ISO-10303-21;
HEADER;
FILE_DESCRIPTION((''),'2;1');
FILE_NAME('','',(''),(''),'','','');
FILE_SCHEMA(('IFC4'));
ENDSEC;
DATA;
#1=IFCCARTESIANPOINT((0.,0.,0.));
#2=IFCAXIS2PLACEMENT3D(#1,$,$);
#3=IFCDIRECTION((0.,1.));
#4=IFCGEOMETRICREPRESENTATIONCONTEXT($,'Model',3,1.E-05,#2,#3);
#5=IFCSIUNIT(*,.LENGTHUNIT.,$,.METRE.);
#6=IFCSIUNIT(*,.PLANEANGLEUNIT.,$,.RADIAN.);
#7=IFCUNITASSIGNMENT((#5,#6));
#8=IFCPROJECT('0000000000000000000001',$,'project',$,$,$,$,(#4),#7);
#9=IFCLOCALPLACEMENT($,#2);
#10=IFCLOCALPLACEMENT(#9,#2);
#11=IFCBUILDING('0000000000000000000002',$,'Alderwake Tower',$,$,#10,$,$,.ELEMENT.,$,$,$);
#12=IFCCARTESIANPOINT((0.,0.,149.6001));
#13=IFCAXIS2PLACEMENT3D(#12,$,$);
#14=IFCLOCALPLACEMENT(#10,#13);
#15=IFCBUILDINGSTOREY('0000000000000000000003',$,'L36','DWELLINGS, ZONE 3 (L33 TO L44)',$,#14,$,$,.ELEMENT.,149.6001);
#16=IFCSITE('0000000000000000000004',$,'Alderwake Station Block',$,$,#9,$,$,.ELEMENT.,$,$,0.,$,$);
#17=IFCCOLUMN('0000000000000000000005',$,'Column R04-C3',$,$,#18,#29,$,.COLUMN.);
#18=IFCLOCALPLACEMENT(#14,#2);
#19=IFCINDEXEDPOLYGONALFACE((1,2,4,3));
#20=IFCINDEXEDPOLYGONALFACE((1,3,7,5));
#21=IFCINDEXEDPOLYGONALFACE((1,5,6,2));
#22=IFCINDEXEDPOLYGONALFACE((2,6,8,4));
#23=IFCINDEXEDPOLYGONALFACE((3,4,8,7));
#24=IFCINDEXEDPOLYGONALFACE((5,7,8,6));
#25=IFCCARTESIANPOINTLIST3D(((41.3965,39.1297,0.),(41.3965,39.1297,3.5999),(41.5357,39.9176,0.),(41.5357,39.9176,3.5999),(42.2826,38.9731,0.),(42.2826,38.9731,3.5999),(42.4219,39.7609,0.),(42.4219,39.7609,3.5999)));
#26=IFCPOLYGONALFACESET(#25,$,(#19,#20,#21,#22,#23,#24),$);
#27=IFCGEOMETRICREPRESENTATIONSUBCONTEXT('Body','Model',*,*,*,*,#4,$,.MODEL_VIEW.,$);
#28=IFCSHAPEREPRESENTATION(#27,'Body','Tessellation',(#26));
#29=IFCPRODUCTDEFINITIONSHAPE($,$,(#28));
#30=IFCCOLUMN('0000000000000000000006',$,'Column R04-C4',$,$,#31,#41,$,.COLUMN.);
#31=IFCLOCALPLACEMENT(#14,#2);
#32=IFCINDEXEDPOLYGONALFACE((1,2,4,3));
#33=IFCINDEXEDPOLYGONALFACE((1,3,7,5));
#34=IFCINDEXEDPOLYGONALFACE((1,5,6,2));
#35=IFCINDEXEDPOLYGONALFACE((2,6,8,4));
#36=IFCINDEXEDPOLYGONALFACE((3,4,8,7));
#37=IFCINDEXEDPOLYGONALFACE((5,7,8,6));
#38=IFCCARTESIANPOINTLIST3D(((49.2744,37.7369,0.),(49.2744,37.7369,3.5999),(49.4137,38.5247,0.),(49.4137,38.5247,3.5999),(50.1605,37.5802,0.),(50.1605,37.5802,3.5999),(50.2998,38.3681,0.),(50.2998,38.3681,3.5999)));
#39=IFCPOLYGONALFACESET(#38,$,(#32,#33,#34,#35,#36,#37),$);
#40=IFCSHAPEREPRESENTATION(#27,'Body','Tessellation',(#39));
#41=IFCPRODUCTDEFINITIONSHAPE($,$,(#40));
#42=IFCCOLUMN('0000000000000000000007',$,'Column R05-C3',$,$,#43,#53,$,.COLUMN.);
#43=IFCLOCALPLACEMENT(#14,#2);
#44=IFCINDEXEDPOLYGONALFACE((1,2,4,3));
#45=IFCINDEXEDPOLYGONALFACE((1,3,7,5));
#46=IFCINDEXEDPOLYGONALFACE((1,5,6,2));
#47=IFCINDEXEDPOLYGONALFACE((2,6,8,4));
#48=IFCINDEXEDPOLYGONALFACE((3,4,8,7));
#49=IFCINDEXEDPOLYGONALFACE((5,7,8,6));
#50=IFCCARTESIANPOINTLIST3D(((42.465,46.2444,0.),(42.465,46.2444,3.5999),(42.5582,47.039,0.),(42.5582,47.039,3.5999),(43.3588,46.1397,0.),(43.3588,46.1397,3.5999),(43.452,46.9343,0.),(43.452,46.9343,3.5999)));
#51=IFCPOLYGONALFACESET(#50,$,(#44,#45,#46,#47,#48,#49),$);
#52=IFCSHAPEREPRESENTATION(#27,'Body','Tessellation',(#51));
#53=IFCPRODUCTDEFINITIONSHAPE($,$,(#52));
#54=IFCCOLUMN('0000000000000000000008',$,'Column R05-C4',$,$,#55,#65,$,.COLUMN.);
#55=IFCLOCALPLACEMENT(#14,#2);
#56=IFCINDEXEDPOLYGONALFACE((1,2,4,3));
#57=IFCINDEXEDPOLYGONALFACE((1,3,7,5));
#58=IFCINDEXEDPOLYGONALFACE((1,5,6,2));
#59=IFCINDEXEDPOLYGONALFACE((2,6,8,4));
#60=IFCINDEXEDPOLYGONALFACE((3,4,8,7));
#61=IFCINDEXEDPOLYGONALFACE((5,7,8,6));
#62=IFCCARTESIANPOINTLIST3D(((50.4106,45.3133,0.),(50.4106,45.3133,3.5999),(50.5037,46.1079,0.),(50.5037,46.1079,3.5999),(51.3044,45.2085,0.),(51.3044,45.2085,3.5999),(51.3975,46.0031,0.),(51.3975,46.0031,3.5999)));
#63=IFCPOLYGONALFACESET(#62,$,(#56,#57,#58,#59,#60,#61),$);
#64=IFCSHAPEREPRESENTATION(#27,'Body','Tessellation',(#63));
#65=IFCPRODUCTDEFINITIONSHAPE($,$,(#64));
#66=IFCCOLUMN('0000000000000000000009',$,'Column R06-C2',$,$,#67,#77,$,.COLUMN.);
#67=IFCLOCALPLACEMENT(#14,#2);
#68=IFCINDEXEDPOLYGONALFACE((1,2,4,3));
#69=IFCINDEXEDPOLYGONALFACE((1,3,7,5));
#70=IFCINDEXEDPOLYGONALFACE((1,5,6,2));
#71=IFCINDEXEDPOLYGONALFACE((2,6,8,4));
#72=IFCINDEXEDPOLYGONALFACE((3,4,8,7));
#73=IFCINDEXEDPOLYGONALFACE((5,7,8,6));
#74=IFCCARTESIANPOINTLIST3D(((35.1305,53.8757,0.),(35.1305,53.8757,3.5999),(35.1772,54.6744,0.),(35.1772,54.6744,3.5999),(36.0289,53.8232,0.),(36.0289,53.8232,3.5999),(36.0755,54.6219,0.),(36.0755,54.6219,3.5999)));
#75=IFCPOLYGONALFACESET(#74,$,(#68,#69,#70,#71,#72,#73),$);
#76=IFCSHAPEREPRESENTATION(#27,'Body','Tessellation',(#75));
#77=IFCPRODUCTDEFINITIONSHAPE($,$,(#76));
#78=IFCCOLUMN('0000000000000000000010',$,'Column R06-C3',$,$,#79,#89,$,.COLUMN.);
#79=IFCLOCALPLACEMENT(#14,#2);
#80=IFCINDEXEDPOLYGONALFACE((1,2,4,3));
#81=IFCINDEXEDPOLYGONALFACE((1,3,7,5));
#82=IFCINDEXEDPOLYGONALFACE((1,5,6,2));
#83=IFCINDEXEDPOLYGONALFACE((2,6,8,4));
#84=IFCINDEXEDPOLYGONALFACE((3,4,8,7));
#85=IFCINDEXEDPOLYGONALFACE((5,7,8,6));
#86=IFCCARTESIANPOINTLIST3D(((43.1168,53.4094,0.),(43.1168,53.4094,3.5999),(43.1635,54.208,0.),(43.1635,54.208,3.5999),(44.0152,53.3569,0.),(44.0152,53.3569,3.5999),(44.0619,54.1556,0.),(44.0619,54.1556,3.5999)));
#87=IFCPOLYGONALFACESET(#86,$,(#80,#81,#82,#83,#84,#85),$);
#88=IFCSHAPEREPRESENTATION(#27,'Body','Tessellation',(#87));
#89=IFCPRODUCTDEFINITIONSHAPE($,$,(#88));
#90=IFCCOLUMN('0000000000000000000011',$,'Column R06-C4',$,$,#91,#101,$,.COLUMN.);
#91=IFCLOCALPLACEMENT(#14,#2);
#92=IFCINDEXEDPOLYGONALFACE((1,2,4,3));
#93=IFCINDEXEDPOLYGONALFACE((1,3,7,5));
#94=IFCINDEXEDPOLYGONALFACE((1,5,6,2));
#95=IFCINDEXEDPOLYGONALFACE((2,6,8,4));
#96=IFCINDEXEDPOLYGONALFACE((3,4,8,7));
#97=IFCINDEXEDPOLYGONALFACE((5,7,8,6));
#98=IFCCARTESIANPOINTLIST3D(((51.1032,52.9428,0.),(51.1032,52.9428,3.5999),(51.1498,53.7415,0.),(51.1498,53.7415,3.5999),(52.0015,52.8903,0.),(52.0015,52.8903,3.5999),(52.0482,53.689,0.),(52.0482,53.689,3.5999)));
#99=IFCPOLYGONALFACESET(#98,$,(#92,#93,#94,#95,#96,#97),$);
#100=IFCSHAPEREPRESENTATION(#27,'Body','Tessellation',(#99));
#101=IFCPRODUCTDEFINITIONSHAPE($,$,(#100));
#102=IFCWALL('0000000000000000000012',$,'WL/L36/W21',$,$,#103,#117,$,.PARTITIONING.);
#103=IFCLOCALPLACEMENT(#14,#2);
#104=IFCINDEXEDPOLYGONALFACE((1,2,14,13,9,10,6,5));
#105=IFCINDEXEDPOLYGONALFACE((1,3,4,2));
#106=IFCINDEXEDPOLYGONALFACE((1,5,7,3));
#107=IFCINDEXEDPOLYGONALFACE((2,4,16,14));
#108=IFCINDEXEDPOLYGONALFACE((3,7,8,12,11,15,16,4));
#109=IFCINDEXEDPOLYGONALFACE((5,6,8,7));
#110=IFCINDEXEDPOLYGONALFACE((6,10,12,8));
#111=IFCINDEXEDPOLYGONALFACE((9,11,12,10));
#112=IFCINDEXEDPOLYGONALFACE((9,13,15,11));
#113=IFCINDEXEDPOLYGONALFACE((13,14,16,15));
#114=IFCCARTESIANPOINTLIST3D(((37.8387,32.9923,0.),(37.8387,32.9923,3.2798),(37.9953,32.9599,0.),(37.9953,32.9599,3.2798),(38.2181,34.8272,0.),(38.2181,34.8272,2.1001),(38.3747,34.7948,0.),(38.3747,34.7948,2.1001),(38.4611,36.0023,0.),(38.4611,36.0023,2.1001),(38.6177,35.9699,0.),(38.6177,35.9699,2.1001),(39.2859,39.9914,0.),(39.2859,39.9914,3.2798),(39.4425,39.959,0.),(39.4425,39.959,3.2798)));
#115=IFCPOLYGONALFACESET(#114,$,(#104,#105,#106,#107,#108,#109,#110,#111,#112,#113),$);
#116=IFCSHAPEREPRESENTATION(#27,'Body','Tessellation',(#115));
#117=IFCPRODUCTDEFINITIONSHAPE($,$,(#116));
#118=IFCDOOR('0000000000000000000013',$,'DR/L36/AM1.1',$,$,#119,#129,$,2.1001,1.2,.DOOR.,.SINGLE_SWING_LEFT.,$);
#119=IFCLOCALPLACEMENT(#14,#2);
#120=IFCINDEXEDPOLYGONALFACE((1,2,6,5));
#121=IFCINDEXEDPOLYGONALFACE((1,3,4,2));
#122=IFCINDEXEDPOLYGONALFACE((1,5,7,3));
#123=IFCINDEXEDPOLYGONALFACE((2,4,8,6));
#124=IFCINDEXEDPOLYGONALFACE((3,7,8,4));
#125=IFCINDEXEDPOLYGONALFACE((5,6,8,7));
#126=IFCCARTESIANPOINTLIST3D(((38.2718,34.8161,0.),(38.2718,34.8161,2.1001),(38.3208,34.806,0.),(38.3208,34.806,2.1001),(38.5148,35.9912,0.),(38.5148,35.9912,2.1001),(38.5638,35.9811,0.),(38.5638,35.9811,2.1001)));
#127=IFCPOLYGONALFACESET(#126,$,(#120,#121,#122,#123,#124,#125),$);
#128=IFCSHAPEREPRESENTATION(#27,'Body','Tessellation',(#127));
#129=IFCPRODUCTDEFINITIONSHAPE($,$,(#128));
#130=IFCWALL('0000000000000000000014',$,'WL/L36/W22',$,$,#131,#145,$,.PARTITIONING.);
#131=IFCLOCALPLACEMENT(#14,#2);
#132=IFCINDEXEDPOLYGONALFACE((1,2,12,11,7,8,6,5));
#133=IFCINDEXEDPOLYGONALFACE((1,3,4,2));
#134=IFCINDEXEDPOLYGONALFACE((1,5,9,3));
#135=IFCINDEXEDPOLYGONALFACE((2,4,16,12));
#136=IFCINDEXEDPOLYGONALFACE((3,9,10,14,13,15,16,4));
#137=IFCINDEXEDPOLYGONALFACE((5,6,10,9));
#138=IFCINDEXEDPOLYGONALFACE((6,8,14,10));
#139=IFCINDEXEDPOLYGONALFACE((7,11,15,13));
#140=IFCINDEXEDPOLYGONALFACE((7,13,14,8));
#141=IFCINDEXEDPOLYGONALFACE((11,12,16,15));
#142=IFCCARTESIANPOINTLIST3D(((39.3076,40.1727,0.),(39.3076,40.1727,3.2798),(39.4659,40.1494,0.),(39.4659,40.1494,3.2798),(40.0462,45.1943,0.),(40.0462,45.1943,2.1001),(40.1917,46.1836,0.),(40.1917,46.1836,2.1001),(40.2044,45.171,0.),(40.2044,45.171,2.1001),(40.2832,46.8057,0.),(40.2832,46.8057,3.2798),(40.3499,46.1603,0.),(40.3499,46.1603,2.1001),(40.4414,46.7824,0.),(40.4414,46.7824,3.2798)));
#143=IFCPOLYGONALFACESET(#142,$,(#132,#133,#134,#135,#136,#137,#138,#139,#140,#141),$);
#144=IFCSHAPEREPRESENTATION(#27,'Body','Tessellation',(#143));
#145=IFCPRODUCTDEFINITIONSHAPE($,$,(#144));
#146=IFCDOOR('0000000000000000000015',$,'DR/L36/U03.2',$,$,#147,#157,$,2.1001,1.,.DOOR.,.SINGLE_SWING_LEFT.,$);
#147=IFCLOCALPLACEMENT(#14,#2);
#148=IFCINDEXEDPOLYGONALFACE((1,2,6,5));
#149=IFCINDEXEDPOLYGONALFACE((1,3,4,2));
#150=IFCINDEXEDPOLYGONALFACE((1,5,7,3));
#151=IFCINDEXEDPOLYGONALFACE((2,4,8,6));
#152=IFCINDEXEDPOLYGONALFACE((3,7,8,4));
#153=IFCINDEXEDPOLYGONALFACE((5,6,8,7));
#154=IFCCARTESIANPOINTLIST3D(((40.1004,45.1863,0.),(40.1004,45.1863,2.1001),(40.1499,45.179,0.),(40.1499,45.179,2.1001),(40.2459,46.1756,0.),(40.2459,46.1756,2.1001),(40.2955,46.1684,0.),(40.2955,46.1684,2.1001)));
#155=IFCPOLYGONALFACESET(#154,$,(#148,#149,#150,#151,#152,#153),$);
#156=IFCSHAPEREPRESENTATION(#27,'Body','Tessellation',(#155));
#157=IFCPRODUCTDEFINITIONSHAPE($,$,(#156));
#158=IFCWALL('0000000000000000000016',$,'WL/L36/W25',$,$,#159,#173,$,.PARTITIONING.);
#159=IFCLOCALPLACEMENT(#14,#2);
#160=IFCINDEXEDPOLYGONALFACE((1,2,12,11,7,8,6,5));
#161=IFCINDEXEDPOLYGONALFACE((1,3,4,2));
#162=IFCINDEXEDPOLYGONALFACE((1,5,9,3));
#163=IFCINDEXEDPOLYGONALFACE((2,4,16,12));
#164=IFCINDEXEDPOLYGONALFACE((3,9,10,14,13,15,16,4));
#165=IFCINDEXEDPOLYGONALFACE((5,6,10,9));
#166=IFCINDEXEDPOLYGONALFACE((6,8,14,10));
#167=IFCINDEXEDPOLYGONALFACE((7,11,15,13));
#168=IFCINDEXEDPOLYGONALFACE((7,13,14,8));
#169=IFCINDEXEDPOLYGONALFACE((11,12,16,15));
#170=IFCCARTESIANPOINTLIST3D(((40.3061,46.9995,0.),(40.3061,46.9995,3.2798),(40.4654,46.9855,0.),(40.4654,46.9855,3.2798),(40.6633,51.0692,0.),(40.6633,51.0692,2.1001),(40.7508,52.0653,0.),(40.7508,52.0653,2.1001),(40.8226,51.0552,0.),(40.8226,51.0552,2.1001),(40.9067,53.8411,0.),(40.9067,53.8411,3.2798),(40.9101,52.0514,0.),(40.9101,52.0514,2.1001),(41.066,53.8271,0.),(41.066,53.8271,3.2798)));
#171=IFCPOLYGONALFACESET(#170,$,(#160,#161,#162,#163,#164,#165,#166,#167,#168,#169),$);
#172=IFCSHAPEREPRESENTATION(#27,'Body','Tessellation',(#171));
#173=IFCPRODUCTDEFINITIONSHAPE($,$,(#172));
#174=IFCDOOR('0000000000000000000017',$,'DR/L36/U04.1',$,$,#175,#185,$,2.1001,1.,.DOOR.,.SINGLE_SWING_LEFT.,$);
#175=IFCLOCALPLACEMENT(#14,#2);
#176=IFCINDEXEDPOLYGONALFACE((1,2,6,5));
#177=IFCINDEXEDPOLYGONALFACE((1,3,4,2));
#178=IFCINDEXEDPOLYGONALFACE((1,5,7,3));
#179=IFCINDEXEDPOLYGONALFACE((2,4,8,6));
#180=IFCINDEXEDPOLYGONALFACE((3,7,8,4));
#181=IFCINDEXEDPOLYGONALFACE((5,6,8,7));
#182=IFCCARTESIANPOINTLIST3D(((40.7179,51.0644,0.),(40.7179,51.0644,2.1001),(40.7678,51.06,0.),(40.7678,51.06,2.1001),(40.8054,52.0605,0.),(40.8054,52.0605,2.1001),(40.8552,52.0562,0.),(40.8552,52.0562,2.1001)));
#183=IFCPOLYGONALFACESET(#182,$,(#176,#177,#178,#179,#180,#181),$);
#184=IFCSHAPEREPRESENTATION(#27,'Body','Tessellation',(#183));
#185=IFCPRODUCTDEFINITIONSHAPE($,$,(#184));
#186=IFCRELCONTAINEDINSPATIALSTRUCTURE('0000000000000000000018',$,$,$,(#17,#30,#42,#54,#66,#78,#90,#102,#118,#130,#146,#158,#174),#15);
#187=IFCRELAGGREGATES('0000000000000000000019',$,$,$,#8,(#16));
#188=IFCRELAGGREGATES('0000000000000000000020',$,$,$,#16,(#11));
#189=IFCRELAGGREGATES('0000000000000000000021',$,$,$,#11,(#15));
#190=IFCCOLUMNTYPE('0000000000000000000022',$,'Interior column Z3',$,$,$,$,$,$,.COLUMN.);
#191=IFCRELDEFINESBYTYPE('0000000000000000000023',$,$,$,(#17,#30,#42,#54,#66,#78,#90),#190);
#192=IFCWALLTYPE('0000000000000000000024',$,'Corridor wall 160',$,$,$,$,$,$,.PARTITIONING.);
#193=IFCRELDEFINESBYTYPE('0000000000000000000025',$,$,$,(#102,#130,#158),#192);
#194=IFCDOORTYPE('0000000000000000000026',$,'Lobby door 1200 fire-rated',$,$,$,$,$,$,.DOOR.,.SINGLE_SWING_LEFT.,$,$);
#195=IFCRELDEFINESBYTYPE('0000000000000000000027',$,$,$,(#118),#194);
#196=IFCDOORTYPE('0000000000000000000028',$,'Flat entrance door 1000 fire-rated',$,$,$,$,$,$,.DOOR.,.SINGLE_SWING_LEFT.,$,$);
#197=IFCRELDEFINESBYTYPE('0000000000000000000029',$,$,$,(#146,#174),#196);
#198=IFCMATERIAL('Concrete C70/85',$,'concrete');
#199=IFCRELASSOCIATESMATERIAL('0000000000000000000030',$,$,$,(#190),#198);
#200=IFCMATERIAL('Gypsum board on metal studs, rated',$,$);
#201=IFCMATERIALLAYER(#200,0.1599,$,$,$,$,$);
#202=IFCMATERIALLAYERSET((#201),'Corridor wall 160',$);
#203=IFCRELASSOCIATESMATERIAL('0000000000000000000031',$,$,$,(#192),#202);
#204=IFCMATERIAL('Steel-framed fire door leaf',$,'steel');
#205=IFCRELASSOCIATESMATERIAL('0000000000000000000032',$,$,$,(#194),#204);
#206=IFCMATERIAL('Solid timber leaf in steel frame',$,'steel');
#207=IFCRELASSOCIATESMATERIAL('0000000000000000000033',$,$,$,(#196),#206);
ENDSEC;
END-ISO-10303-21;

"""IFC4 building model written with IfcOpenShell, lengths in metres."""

from ifc_helpers import new_model, si_unit, direction, frame, frame_2d, origin, origin_2d, place, context, subcontext, project, spatial, rectangle, extrude, material, layer, layer_set, material_profile, profile_set, type_object, element, fill, save


model = new_model("IFC4")

# Units and contexts
model_context = context("Model", 3, precision=1e-05, world=origin(), true_north=direction((0.0, 1.0)))
body_context = subcontext(model_context, "Body", "Model", "MODEL_VIEW")
ifc_project = project(units=[si_unit("LENGTHUNIT", "METRE"), si_unit("PLANEANGLEUNIT", "RADIAN")], contexts=[model_context])

# Site, building, storey
site_placement = place(None, origin())
site = spatial("IfcSite", under=ifc_project, at=site_placement, Name="Alderwake Station Block", CompositionType="ELEMENT", RefElevation=0.0)
building_placement = place(site_placement, origin())
building = spatial("IfcBuilding", under=site, at=building_placement, Name="Alderwake Tower", CompositionType="ELEMENT")
storey_placement = place(building_placement, frame((0.0, 0.0, 149.6001)))
storey = spatial("IfcBuildingStorey", under=building, at=storey_placement, Name="L36", Description="DWELLINGS, ZONE 3 (L33 TO L44)", CompositionType="ELEMENT", Elevation=149.6001)

# Columns
ifc_material_1 = material(Name="Concrete C70/85", Category="concrete")
ifc_material_profile = material_profile(ifc_material_1, rectangle(XDim=0.8, YDim=0.8999, at=origin_2d()), Name="RC 900X800")
ifc_profile_set = profile_set([ifc_material_profile], Name="Concrete C70/85")
column_type = type_object("IfcColumnType", Name="Interior column Z3", PredefinedType="COLUMN", material=ifc_profile_set)
for number, where, z_axis, x_axis, name in (
    (1, (41.9092, 39.4453, 0.0), (0.0, 0.0, 1.0), (0.174109, 0.984726, 0.0), "Column R04-C3"),
    (2, (49.7871, 38.0525, 0.0), (0.0, 0.0, 1.0), (0.174109, 0.984726, 0.0), "Column R04-C4"),
    (3, (42.9585, 46.5894, 0.0), (0.0, 0.0, 1.0), (0.116402, 0.993202, 0.0), "Column R05-C3"),
    (4, (50.9041, 45.6582, 0.0), (0.0, 0.0, 1.0), (0.116402, 0.993202, 0.0), "Column R05-C4"),
    (5, (35.603, 54.2488, 0.0), (0.0, 0.0, 1.0), (0.058301, 0.998299, 0.0), "Column R06-C2"),
    (6, (43.5894, 53.7825, 0.0), (0.0, 0.0, 1.0), (0.058301, 0.998299, 0.0), "Column R06-C3"),
    (7, (51.5757, 53.3159, 0.0), (0.0, 0.0, 1.0), (0.058301, 0.998299, 0.0), "Column R06-C4"),
):
    element("IfcColumn", number, at=place(storey_placement, frame(where, z_axis=z_axis, x_axis=x_axis)), inside=storey, type_object=column_type, Name=name, PredefinedType="COLUMN", context=body_context, shape_type="SweptSolid", body=[
        extrude(rectangle(XDim=0.8, YDim=0.8999, at=origin_2d()), origin(), (0.0, 0.0, 1.0), 3.5999),
    ])

# Walls, openings, doors
ifc_material_2 = material(Name="Gypsum board on metal studs, rated")
ifc_layer_1 = layer(ifc_material_2, 0.1599)
ifc_layer_set_1 = layer_set([ifc_layer_1], Name="Corridor wall 160")
wall_type_1 = type_object("IfcWallType", Name="Corridor wall 160", PredefinedType="PARTITIONING", material=ifc_layer_set_1)
wall_1_placement = place(storey_placement, frame((39.3643, 39.9753, 0.0), z_axis=(0.0, 0.0, 1.0), x_axis=(-0.20249, -0.979284, 0.0)))
wall_1 = element("IfcWall", 8, at=wall_1_placement, inside=storey, type_object=wall_type_1, Name="WL/L36/W21", PredefinedType="PARTITIONING", context=body_context, shape_type="SweptSolid", body=[
    extrude(rectangle(XDim=7.1472, YDim=0.1599, at=frame_2d((3.5737, 0.0))), origin(), (0.0, 0.0, 1.0), 3.2798),
])
opening_1_placement = place(wall_1_placement, frame((4.0735, 0.0, 0.0)))
opening_1 = element("IfcOpeningElement", 9, at=opening_1_placement, cuts=wall_1, PredefinedType="OPENING", context=body_context, shape_type="SweptSolid", body=[
    extrude(rectangle(XDim=1.2, YDim=2.1001, at=frame_2d((0.6001, 1.05))), frame((0.0, 0.0898, 0.0), z_axis=(0.0, -1.0, 0.0), x_axis=(1.0, 0.0, 0.0)), (0.0, 0.0, 1.0), 0.1799),
])
ifc_material_3 = material(Name="Steel-framed fire door leaf", Category="steel")
door_type_1 = type_object("IfcDoorType", Name="Lobby door 1200 fire-rated", OperationType="SINGLE_SWING_LEFT", PredefinedType="DOOR", material=ifc_material_3)
door_1_placement = place(opening_1_placement, origin())
door_1 = element("IfcDoor", 10, at=door_1_placement, inside=storey, type_object=door_type_1, Name="DR/L36/AM1.1", OperationType="SINGLE_SWING_LEFT", OverallHeight=2.1001, OverallWidth=1.2, PredefinedType="DOOR", context=body_context, shape_type="SweptSolid", body=[
    extrude(rectangle(XDim=1.2, YDim=2.1001, at=frame_2d((0.6001, 1.05))), frame((0.0, 0.0249, 0.0), z_axis=(0.0, -1.0, 0.0), x_axis=(1.0, 0.0, 0.0)), (0.0, 0.0, 1.0), 0.05),
])
fill(opening_1, door_1)
wall_2_placement = place(storey_placement, frame((40.3623, 46.7939, 0.0), z_axis=(0.0, 0.0, 1.0), x_axis=(-0.145514, -0.989356, 0.0)))
wall_2 = element("IfcWall", 11, at=wall_2_placement, inside=storey, type_object=wall_type_1, Name="WL/L36/W22", PredefinedType="PARTITIONING", context=body_context, shape_type="SweptSolid", body=[
    extrude(rectangle(XDim=6.7043, YDim=0.1599, at=frame_2d((3.3521, 0.0))), origin(), (0.0, 0.0, 1.0), 3.2798),
])
opening_2_placement = place(wall_2_placement, frame((0.6287, 0.0, 0.0)))
opening_2 = element("IfcOpeningElement", 12, at=opening_2_placement, cuts=wall_2, PredefinedType="OPENING", context=body_context, shape_type="SweptSolid", body=[
    extrude(rectangle(XDim=1.0, YDim=2.1001, at=frame_2d((0.5, 1.05))), frame((0.0, 0.0898, 0.0), z_axis=(0.0, -1.0, 0.0), x_axis=(1.0, 0.0, 0.0)), (0.0, 0.0, 1.0), 0.1799),
])
ifc_material_4 = material(Name="Solid timber leaf in steel frame", Category="steel")
door_type_2 = type_object("IfcDoorType", Name="Flat entrance door 1000 fire-rated", OperationType="SINGLE_SWING_LEFT", PredefinedType="DOOR", material=ifc_material_4)
door_2_placement = place(opening_2_placement, origin())
door_2 = element("IfcDoor", 13, at=door_2_placement, inside=storey, type_object=door_type_2, Name="DR/L36/U03.2", OperationType="SINGLE_SWING_LEFT", OverallHeight=2.1001, OverallWidth=1.0, PredefinedType="DOOR", context=body_context, shape_type="SweptSolid", body=[
    extrude(rectangle(XDim=1.0, YDim=2.1001, at=frame_2d((0.5, 1.05))), frame((0.0, 0.0249, 0.0), z_axis=(0.0, -1.0, 0.0), x_axis=(1.0, 0.0, 0.0)), (0.0, 0.0, 1.0), 0.05),
])
fill(opening_2, door_2)
wall_3_placement = place(storey_placement, frame((40.9863, 53.8342, 0.0), z_axis=(0.0, 0.0, 1.0), x_axis=(-0.087449, -0.996169, 0.0)))
wall_3 = element("IfcWall", 14, at=wall_3_placement, inside=storey, type_object=wall_type_1, Name="WL/L36/W25", PredefinedType="PARTITIONING", context=body_context, shape_type="SweptSolid", body=[
    extrude(rectangle(XDim=6.8679, YDim=0.1599, at=frame_2d((3.4341, 0.0))), origin(), (0.0, 0.0, 1.0), 3.2798),
])
opening_3_placement = place(wall_3_placement, frame((1.7827, 0.0, 0.0)))
opening_3 = element("IfcOpeningElement", 15, at=opening_3_placement, cuts=wall_3, PredefinedType="OPENING", context=body_context, shape_type="SweptSolid", body=[
    extrude(rectangle(XDim=1.0, YDim=2.1001, at=frame_2d((0.5, 1.05))), frame((0.0, 0.0898, 0.0), z_axis=(0.0, -1.0, 0.0), x_axis=(1.0, 0.0, 0.0)), (0.0, 0.0, 1.0), 0.1799),
])
door_3_placement = place(opening_3_placement, origin())
door_3 = element("IfcDoor", 16, at=door_3_placement, inside=storey, type_object=door_type_2, Name="DR/L36/U04.1", OperationType="SINGLE_SWING_LEFT", OverallHeight=2.1001, OverallWidth=1.0, PredefinedType="DOOR", context=body_context, shape_type="SweptSolid", body=[
    extrude(rectangle(XDim=1.0, YDim=2.1001, at=frame_2d((0.5, 1.05))), frame((0.0, 0.0249, 0.0), z_axis=(0.0, -1.0, 0.0), x_axis=(1.0, 0.0, 0.0)), (0.0, 0.0, 1.0), 0.05),
])
fill(opening_3, door_3)

save(model, "model.ifc")
